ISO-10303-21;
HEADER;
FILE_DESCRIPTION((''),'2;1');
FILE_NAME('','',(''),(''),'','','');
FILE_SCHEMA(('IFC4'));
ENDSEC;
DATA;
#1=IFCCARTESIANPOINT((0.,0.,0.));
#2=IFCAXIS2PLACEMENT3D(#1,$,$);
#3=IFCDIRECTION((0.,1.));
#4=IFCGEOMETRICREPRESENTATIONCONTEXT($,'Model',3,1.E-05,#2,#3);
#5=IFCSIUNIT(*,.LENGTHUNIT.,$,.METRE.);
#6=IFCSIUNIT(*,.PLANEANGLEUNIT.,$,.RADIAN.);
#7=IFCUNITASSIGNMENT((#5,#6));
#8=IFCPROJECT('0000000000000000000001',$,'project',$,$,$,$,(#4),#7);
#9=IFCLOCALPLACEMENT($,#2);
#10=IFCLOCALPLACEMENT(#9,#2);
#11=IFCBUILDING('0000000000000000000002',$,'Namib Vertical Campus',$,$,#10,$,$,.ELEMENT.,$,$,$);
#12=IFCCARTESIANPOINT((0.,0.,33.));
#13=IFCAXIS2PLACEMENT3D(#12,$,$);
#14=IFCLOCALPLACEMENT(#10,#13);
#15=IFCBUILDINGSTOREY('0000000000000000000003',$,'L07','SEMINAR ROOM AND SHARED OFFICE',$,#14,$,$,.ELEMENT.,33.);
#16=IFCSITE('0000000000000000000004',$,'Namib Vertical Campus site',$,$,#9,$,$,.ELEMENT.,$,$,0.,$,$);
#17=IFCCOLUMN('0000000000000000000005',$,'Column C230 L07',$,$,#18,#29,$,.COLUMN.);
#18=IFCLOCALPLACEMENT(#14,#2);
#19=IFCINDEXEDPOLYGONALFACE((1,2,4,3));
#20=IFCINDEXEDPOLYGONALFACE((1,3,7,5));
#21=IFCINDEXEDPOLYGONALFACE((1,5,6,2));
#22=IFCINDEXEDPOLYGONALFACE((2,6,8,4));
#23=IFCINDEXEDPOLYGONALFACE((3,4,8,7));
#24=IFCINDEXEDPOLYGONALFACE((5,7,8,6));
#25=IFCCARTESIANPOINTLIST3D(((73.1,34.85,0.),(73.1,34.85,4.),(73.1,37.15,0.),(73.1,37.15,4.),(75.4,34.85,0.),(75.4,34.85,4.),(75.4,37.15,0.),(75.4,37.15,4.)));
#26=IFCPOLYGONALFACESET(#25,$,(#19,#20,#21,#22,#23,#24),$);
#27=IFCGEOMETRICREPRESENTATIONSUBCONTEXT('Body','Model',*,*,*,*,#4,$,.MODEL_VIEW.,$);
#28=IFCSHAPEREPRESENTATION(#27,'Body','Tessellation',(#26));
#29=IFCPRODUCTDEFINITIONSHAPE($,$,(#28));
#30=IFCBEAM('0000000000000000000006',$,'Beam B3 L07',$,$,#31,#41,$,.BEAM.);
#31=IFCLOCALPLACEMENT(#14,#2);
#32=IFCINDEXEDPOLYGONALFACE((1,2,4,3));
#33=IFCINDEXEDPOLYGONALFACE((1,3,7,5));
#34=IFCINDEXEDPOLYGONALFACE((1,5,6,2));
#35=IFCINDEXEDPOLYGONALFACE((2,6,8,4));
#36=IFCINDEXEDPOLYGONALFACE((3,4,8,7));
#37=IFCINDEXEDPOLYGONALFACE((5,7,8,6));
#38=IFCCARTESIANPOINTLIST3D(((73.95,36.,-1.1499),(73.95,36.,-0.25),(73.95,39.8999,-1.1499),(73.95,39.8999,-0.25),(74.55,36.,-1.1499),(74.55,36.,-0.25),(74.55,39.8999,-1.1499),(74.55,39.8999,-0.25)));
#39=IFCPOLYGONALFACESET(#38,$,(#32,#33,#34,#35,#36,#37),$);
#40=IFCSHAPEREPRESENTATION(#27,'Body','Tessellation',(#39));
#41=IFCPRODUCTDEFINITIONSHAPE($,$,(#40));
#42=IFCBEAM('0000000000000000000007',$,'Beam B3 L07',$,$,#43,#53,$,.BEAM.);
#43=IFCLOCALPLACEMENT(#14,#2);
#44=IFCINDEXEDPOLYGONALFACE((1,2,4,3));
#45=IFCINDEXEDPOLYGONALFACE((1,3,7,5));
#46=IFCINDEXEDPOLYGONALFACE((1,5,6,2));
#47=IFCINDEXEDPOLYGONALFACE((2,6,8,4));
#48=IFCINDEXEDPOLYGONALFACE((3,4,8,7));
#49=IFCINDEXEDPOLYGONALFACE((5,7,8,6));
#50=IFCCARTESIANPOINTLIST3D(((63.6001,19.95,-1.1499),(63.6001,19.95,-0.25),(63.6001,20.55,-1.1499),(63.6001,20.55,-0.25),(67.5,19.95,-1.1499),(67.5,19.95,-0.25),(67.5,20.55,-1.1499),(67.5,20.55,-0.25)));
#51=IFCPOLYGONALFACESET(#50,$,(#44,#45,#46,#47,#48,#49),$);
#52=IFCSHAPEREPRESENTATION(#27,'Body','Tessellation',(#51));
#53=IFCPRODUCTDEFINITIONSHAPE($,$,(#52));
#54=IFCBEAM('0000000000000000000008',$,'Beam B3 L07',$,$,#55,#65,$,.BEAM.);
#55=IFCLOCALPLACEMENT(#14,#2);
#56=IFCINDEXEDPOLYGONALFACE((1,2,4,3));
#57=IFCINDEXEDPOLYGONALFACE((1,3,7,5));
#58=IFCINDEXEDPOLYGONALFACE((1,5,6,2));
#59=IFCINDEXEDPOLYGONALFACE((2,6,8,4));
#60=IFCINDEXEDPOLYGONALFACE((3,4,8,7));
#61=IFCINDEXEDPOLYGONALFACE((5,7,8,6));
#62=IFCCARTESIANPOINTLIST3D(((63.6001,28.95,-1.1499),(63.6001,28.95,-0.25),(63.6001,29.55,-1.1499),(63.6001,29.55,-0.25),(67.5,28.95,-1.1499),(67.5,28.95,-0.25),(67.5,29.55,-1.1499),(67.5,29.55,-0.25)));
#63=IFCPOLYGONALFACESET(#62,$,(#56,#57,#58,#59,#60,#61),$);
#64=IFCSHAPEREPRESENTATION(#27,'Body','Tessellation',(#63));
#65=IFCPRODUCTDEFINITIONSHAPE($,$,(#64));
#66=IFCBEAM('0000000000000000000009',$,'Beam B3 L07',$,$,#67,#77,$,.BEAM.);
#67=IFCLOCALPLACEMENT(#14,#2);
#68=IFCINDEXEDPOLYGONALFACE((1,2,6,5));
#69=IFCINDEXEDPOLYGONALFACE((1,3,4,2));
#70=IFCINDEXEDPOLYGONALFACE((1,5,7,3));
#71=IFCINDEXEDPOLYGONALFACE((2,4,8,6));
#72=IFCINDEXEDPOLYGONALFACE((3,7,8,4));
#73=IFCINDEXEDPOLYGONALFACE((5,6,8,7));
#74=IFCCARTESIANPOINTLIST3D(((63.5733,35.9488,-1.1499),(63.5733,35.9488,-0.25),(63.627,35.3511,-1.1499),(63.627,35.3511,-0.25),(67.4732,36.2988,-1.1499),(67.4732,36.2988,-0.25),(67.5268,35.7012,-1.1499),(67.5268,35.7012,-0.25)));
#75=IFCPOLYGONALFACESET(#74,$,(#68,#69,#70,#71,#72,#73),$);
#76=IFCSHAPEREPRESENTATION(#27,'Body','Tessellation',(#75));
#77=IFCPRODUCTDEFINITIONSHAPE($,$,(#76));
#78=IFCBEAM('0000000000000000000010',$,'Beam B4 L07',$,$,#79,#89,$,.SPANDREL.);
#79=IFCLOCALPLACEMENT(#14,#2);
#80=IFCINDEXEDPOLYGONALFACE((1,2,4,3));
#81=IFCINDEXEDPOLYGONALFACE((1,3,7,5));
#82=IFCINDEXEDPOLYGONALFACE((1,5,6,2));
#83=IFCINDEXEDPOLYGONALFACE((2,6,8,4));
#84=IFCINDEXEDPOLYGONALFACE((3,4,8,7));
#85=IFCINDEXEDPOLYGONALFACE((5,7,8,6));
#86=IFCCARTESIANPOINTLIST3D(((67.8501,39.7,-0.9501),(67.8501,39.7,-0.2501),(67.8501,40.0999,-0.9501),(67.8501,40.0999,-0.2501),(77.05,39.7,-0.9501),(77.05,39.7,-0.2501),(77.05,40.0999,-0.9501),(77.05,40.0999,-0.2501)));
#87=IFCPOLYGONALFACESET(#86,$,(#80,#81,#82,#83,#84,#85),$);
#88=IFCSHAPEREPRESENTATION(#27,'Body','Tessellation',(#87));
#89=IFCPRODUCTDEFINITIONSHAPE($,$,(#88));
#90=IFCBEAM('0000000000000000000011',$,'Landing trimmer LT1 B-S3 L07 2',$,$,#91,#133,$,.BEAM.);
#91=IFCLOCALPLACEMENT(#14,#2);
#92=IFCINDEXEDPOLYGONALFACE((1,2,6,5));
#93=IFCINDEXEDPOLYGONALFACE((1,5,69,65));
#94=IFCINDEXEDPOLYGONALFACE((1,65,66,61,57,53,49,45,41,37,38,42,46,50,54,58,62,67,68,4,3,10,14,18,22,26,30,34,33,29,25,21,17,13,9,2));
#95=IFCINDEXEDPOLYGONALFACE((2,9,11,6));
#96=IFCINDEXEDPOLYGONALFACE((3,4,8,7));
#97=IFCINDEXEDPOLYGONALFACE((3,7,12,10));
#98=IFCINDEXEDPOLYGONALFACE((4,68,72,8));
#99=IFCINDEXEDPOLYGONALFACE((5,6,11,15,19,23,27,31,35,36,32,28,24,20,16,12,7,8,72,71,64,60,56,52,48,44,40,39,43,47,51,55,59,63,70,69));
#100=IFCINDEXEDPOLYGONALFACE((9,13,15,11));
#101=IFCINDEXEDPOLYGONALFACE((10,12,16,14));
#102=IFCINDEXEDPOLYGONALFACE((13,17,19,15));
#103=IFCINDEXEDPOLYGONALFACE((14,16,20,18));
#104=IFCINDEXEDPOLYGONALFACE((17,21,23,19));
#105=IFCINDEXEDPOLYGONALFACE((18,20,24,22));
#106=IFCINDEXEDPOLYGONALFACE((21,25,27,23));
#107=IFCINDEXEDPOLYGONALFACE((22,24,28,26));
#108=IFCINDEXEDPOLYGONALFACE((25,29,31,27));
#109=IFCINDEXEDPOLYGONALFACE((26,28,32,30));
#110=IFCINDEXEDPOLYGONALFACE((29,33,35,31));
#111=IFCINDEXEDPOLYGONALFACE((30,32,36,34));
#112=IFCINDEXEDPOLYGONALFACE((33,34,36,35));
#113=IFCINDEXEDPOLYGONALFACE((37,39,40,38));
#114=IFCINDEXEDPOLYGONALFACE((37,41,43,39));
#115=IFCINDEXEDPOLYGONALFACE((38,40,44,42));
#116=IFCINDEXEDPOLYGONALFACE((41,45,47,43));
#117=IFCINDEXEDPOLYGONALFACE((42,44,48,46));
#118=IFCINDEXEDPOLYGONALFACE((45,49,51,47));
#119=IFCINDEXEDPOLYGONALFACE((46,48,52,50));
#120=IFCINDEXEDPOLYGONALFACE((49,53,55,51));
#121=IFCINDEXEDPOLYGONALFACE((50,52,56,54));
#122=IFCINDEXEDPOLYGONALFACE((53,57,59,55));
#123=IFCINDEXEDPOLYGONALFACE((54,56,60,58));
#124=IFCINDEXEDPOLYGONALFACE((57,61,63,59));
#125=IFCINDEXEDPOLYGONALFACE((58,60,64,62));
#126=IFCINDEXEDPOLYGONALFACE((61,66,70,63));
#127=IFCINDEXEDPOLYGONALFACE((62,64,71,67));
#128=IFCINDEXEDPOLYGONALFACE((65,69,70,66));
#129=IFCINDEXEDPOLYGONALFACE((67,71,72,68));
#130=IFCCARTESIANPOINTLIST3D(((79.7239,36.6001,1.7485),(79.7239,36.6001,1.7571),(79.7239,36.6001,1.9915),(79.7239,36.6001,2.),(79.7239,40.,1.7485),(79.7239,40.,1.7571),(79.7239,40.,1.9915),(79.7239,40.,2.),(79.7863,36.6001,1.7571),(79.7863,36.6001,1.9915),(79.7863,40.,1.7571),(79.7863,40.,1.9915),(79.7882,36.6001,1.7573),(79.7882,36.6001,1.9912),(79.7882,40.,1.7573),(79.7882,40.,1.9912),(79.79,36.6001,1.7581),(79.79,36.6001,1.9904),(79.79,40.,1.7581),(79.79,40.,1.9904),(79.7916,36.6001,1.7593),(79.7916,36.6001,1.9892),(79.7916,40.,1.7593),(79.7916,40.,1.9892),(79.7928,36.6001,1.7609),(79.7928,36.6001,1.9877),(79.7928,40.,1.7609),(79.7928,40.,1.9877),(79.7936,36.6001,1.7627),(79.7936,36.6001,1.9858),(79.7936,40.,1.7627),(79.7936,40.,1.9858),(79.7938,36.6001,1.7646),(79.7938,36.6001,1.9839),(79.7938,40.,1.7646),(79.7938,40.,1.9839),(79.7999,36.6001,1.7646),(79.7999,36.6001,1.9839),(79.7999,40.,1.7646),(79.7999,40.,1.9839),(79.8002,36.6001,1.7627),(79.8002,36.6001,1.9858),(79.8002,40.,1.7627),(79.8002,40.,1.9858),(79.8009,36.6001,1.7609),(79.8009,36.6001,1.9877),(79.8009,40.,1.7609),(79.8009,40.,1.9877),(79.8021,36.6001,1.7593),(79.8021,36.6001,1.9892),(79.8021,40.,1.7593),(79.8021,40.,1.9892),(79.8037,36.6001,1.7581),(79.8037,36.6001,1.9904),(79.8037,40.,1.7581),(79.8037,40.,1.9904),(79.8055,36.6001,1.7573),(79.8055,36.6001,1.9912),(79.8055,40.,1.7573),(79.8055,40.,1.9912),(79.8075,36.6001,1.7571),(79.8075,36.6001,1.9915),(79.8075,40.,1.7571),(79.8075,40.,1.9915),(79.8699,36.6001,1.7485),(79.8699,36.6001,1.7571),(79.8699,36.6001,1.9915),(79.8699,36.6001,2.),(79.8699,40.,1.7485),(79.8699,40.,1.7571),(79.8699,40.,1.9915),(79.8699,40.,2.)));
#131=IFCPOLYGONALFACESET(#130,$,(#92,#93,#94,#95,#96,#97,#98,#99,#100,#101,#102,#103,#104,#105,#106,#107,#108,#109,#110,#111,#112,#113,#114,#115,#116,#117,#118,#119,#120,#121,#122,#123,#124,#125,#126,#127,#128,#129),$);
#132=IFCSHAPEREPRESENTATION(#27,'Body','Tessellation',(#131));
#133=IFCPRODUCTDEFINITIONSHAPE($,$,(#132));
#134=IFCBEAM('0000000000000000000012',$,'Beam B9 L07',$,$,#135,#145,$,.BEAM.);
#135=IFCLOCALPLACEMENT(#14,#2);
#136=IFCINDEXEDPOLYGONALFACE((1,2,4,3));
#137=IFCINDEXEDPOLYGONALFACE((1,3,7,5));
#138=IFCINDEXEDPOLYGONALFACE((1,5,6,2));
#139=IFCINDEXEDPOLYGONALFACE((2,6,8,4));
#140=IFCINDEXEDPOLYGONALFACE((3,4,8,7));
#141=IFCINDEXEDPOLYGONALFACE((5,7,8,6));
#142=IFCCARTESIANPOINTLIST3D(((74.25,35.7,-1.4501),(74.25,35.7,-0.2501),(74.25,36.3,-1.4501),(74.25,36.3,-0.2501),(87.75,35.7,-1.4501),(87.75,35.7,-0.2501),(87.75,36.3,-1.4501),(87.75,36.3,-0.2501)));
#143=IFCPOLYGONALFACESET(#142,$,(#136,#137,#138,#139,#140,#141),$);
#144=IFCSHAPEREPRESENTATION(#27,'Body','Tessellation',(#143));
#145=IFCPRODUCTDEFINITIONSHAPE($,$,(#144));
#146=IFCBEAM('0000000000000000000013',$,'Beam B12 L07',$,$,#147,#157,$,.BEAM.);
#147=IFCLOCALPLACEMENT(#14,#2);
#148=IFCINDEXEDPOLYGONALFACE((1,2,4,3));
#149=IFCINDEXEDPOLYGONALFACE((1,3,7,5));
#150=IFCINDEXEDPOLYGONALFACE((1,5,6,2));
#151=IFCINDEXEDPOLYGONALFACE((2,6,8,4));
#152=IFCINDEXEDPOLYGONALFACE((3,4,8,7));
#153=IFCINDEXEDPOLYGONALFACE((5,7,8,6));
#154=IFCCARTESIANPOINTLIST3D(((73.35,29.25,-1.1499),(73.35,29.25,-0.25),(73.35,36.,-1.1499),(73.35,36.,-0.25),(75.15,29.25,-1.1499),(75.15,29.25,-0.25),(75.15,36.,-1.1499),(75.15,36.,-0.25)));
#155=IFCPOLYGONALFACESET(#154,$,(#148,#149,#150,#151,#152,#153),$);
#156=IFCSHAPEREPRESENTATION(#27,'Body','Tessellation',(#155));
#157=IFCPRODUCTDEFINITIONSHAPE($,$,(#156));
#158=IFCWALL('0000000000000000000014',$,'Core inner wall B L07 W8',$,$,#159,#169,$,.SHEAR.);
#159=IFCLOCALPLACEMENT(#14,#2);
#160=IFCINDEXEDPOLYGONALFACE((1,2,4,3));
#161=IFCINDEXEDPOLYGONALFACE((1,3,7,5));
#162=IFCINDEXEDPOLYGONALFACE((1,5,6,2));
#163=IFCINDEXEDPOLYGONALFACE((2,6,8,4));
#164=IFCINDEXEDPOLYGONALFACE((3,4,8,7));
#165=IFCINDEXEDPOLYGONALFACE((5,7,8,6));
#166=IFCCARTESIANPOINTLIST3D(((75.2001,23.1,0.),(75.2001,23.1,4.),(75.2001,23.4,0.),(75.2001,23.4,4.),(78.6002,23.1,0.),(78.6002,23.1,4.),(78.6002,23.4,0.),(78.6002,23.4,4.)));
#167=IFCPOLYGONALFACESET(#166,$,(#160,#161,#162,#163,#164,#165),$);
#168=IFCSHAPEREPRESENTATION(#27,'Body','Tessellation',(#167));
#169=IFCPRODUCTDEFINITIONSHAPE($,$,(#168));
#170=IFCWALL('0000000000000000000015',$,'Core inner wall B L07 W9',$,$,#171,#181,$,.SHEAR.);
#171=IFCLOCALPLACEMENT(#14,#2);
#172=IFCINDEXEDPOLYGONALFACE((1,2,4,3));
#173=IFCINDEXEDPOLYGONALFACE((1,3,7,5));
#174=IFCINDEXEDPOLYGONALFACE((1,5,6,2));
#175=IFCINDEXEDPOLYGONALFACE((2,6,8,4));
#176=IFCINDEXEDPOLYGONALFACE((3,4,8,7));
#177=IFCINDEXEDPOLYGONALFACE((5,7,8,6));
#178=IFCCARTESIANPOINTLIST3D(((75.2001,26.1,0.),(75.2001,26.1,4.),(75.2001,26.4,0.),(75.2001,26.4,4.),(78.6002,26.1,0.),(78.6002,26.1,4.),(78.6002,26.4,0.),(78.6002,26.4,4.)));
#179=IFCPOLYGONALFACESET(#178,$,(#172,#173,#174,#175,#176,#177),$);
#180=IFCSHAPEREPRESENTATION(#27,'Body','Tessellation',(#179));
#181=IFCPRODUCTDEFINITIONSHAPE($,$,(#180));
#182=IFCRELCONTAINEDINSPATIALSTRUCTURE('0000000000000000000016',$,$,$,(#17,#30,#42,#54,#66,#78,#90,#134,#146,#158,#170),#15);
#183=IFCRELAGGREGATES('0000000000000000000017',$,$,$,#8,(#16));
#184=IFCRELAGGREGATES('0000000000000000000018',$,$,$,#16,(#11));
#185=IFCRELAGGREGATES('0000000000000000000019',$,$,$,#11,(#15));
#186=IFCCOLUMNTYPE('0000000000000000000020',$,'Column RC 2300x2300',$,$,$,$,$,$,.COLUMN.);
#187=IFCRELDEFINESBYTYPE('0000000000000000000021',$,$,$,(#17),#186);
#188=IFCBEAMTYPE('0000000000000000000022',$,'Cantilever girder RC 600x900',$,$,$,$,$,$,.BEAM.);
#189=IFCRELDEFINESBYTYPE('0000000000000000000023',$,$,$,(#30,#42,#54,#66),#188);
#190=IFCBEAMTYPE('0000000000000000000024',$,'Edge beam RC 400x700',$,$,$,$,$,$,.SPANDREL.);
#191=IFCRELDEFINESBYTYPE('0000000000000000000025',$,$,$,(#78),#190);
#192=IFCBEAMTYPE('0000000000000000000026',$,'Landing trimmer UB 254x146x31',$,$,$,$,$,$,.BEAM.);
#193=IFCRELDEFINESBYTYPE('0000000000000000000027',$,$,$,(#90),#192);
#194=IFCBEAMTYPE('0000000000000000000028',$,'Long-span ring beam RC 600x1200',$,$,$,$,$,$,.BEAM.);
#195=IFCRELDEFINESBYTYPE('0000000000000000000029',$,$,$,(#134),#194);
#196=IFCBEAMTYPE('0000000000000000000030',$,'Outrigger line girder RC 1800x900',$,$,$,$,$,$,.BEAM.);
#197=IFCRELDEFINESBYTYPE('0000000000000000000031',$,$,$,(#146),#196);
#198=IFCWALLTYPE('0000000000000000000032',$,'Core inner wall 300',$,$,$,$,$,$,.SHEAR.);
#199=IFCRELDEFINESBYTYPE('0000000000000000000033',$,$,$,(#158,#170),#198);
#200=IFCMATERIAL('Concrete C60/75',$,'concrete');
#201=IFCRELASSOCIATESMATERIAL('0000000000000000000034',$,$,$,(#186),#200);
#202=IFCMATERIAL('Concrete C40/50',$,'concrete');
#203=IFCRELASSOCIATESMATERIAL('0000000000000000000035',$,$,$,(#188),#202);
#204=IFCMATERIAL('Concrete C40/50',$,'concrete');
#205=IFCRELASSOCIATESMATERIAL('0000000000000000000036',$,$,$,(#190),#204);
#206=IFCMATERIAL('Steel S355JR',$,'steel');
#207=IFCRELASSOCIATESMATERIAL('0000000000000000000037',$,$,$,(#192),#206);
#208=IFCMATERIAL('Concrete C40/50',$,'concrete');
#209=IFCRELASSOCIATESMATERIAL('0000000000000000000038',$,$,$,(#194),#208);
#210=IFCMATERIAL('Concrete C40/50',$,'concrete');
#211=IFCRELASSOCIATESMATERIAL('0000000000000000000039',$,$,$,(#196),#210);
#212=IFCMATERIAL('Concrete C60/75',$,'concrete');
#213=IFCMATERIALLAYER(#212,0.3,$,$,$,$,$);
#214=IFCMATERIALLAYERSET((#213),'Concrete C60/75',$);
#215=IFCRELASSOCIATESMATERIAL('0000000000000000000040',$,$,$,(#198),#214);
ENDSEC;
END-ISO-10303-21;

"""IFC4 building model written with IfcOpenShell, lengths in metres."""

from ifc_helpers import new_model, si_unit, direction, frame, frame_2d, origin, origin_2d, place, context, subcontext, project, spatial, rectangle, i_section, extrude, material, layer, layer_set, material_profile, profile_set, type_object, element, save


model = new_model("IFC4")

# Units and contexts
model_context = context("Model", 3, precision=1e-05, world=origin(), true_north=direction((0.0, 1.0)))
body_context = subcontext(model_context, "Body", "Model", "MODEL_VIEW")
ifc_project = project(units=[si_unit("LENGTHUNIT", "METRE"), si_unit("PLANEANGLEUNIT", "RADIAN")], contexts=[model_context])

# Site, building, storey
site_placement = place(None, origin())
site = spatial("IfcSite", under=ifc_project, at=site_placement, Name="Namib Vertical Campus site", CompositionType="ELEMENT", RefElevation=0.0)
building_placement = place(site_placement, origin())
building = spatial("IfcBuilding", under=site, at=building_placement, Name="Namib Vertical Campus", CompositionType="ELEMENT")
storey_placement = place(building_placement, frame((0.0, 0.0, 33.0)))
storey = spatial("IfcBuildingStorey", under=building, at=storey_placement, Name="L07", Description="SEMINAR ROOM AND SHARED OFFICE", CompositionType="ELEMENT", Elevation=33.0)

# Column
ifc_material_1 = material(Name="Concrete C60/75", Category="concrete")
ifc_material_profile_1 = material_profile(ifc_material_1, rectangle(XDim=2.3, YDim=2.3, at=origin_2d()))
ifc_profile_set_1 = profile_set([ifc_material_profile_1], Name="Concrete C60/75")
column_type = type_object("IfcColumnType", Name="Column RC 2300x2300", PredefinedType="COLUMN", material=ifc_profile_set_1)
column_placement = place(storey_placement, frame((74.25, 36.0, 0.0), z_axis=(0.0, 0.0, 1.0), x_axis=(1.0, 0.0, 0.0)))
element("IfcColumn", 1, at=column_placement, inside=storey, type_object=column_type, Name="Column C230 L07", PredefinedType="COLUMN", context=body_context, shape_type="SweptSolid", body=[
    extrude(rectangle(XDim=2.3, YDim=2.3, at=origin_2d()), origin(), (0.0, 0.0, 1.0), 4.0),
])

# Beams
ifc_material_2 = material(Name="Concrete C40/50", Category="concrete")
ifc_material_profile_2 = material_profile(ifc_material_2, rectangle(XDim=0.6001, YDim=0.8999, at=origin_2d()))
ifc_profile_set_2 = profile_set([ifc_material_profile_2], Name="Concrete C40/50")
beam_type_1 = type_object("IfcBeamType", Name="Cantilever girder RC 600x900", PredefinedType="BEAM", material=ifc_profile_set_2)
for number, where, z_axis, x_axis, name in (
    (2, (74.25, 36.0, -0.7), (0.0, 1.0, 0.0), (-1.0, 0.0, 0.0), "Beam B3 L07"),
    (3, (67.5, 20.25, -0.7), (-1.0, 0.0, 0.0), (0.0, -1.0, 0.0), "Beam B3 L07"),
    (4, (67.5, 29.25, -0.7), (-1.0, 0.0, 0.0), (0.0, -1.0, 0.0), "Beam B3 L07"),
):
    element("IfcBeam", number, at=place(storey_placement, frame(where, z_axis=z_axis, x_axis=x_axis)), inside=storey, type_object=beam_type_1, Name=name, PredefinedType="BEAM", context=body_context, shape_type="SweptSolid", body=[
        extrude(rectangle(XDim=0.6001, YDim=0.8999, at=origin_2d()), origin(), (0.0, 0.0, 1.0), 3.8999),
    ])
beam_1_placement = place(storey_placement, frame((67.5, 36.0, -0.7), z_axis=(-0.995995, -0.089411, 0.0), x_axis=(0.089411, -0.995995, 0.0)))
element("IfcBeam", 5, at=beam_1_placement, inside=storey, type_object=beam_type_1, Name="Beam B3 L07", PredefinedType="BEAM", context=body_context, shape_type="SweptSolid", body=[
    extrude(rectangle(XDim=0.6001, YDim=0.8999, at=origin_2d()), origin(), (0.0, 0.0, 1.0), 3.9155),
])
ifc_material_3 = material(Name="Concrete C40/50", Category="concrete")
ifc_material_profile_3 = material_profile(ifc_material_3, rectangle(XDim=0.3999, YDim=0.7, at=origin_2d()))
ifc_profile_set_3 = profile_set([ifc_material_profile_3], Name="Concrete C40/50")
beam_type_2 = type_object("IfcBeamType", Name="Edge beam RC 400x700", PredefinedType="SPANDREL", material=ifc_profile_set_3)
beam_2_placement = place(storey_placement, frame((67.8501, 39.8999, -0.6001), z_axis=(1.0, 0.0, 0.0), x_axis=(0.0, 1.0, 0.0)))
element("IfcBeam", 6, at=beam_2_placement, inside=storey, type_object=beam_type_2, Name="Beam B4 L07", PredefinedType="SPANDREL", context=body_context, shape_type="SweptSolid", body=[
    extrude(rectangle(XDim=0.3999, YDim=0.7, at=origin_2d()), origin(), (0.0, 0.0, 1.0), 9.2),
])
ifc_material_4 = material(Name="Steel S355JR", Category="steel")
ifc_material_profile_4 = material_profile(ifc_material_4, i_section(OverallWidth=0.146, OverallDepth=0.2515, WebThickness=0.0061, FlangeThickness=0.0085, FilletRadius=0.0076, at=origin_2d()))
ifc_profile_set_4 = profile_set([ifc_material_profile_4], Name="Steel S355JR")
beam_type_3 = type_object("IfcBeamType", Name="Landing trimmer UB 254x146x31", PredefinedType="BEAM", material=ifc_profile_set_4)
beam_3_placement = place(storey_placement, frame((79.7969, 36.6001, 1.8743), z_axis=(0.0, 1.0, 0.0), x_axis=(-1.0, 0.0, 0.0)))
element("IfcBeam", 7, at=beam_3_placement, inside=storey, type_object=beam_type_3, Name="Landing trimmer LT1 B-S3 L07 2", PredefinedType="BEAM", context=body_context, shape_type="SweptSolid", body=[
    extrude(i_section(OverallWidth=0.146, OverallDepth=0.2515, WebThickness=0.0061, FlangeThickness=0.0085, FilletRadius=0.0076, at=origin_2d()), origin(), (0.0, 0.0, 1.0), 3.3999),
])
ifc_material_5 = material(Name="Concrete C40/50", Category="concrete")
ifc_material_profile_5 = material_profile(ifc_material_5, rectangle(XDim=0.6001, YDim=1.2, at=origin_2d()))
ifc_profile_set_5 = profile_set([ifc_material_profile_5], Name="Concrete C40/50")
beam_type_4 = type_object("IfcBeamType", Name="Long-span ring beam RC 600x1200", PredefinedType="BEAM", material=ifc_profile_set_5)
beam_4_placement = place(storey_placement, frame((74.25, 36.0, -0.8501), z_axis=(1.0, 0.0, 0.0), x_axis=(0.0, 1.0, 0.0)))
element("IfcBeam", 8, at=beam_4_placement, inside=storey, type_object=beam_type_4, Name="Beam B9 L07", PredefinedType="BEAM", context=body_context, shape_type="SweptSolid", body=[
    extrude(rectangle(XDim=0.6001, YDim=1.2, at=origin_2d()), origin(), (0.0, 0.0, 1.0), 13.5),
])
ifc_material_6 = material(Name="Concrete C40/50", Category="concrete")
ifc_material_profile_6 = material_profile(ifc_material_6, rectangle(XDim=1.8, YDim=0.8999, at=origin_2d()))
ifc_profile_set_6 = profile_set([ifc_material_profile_6], Name="Concrete C40/50")
beam_type_5 = type_object("IfcBeamType", Name="Outrigger line girder RC 1800x900", PredefinedType="BEAM", material=ifc_profile_set_6)
beam_5_placement = place(storey_placement, frame((74.25, 36.0, -0.7), z_axis=(0.0, -1.0, 0.0), x_axis=(1.0, 0.0, 0.0)))
element("IfcBeam", 9, at=beam_5_placement, inside=storey, type_object=beam_type_5, Name="Beam B12 L07", PredefinedType="BEAM", context=body_context, shape_type="SweptSolid", body=[
    extrude(rectangle(XDim=1.8, YDim=0.8999, at=origin_2d()), origin(), (0.0, 0.0, 1.0), 6.75),
])

# Walls
ifc_material_7 = material(Name="Concrete C60/75", Category="concrete")
ifc_layer_1 = layer(ifc_material_7, 0.3)
ifc_layer_set_1 = layer_set([ifc_layer_1], Name="Concrete C60/75")
wall_type_1 = type_object("IfcWallType", Name="Core inner wall 300", PredefinedType="SHEAR", material=ifc_layer_set_1)
for number, where, z_axis, x_axis, name in (
    (10, (75.2, 23.25, 0.0), (0.0, 0.0, 1.0), (1.0, 0.0, 0.0), "Core inner wall B L07 W8"),
    (11, (75.2, 26.25, 0.0), (0.0, 0.0, 1.0), (1.0, 0.0, 0.0), "Core inner wall B L07 W9"),
):
    element("IfcWall", number, at=place(storey_placement, frame(where, z_axis=z_axis, x_axis=x_axis)), inside=storey, type_object=wall_type_1, Name=name, PredefinedType="SHEAR", context=body_context, shape_type="SweptSolid", body=[
        extrude(rectangle(XDim=3.4001, YDim=0.3, at=frame_2d((1.7002, 0.0))), origin(), (0.0, 0.0, 1.0), 4.0),
    ])

save(model, "model.ifc")
